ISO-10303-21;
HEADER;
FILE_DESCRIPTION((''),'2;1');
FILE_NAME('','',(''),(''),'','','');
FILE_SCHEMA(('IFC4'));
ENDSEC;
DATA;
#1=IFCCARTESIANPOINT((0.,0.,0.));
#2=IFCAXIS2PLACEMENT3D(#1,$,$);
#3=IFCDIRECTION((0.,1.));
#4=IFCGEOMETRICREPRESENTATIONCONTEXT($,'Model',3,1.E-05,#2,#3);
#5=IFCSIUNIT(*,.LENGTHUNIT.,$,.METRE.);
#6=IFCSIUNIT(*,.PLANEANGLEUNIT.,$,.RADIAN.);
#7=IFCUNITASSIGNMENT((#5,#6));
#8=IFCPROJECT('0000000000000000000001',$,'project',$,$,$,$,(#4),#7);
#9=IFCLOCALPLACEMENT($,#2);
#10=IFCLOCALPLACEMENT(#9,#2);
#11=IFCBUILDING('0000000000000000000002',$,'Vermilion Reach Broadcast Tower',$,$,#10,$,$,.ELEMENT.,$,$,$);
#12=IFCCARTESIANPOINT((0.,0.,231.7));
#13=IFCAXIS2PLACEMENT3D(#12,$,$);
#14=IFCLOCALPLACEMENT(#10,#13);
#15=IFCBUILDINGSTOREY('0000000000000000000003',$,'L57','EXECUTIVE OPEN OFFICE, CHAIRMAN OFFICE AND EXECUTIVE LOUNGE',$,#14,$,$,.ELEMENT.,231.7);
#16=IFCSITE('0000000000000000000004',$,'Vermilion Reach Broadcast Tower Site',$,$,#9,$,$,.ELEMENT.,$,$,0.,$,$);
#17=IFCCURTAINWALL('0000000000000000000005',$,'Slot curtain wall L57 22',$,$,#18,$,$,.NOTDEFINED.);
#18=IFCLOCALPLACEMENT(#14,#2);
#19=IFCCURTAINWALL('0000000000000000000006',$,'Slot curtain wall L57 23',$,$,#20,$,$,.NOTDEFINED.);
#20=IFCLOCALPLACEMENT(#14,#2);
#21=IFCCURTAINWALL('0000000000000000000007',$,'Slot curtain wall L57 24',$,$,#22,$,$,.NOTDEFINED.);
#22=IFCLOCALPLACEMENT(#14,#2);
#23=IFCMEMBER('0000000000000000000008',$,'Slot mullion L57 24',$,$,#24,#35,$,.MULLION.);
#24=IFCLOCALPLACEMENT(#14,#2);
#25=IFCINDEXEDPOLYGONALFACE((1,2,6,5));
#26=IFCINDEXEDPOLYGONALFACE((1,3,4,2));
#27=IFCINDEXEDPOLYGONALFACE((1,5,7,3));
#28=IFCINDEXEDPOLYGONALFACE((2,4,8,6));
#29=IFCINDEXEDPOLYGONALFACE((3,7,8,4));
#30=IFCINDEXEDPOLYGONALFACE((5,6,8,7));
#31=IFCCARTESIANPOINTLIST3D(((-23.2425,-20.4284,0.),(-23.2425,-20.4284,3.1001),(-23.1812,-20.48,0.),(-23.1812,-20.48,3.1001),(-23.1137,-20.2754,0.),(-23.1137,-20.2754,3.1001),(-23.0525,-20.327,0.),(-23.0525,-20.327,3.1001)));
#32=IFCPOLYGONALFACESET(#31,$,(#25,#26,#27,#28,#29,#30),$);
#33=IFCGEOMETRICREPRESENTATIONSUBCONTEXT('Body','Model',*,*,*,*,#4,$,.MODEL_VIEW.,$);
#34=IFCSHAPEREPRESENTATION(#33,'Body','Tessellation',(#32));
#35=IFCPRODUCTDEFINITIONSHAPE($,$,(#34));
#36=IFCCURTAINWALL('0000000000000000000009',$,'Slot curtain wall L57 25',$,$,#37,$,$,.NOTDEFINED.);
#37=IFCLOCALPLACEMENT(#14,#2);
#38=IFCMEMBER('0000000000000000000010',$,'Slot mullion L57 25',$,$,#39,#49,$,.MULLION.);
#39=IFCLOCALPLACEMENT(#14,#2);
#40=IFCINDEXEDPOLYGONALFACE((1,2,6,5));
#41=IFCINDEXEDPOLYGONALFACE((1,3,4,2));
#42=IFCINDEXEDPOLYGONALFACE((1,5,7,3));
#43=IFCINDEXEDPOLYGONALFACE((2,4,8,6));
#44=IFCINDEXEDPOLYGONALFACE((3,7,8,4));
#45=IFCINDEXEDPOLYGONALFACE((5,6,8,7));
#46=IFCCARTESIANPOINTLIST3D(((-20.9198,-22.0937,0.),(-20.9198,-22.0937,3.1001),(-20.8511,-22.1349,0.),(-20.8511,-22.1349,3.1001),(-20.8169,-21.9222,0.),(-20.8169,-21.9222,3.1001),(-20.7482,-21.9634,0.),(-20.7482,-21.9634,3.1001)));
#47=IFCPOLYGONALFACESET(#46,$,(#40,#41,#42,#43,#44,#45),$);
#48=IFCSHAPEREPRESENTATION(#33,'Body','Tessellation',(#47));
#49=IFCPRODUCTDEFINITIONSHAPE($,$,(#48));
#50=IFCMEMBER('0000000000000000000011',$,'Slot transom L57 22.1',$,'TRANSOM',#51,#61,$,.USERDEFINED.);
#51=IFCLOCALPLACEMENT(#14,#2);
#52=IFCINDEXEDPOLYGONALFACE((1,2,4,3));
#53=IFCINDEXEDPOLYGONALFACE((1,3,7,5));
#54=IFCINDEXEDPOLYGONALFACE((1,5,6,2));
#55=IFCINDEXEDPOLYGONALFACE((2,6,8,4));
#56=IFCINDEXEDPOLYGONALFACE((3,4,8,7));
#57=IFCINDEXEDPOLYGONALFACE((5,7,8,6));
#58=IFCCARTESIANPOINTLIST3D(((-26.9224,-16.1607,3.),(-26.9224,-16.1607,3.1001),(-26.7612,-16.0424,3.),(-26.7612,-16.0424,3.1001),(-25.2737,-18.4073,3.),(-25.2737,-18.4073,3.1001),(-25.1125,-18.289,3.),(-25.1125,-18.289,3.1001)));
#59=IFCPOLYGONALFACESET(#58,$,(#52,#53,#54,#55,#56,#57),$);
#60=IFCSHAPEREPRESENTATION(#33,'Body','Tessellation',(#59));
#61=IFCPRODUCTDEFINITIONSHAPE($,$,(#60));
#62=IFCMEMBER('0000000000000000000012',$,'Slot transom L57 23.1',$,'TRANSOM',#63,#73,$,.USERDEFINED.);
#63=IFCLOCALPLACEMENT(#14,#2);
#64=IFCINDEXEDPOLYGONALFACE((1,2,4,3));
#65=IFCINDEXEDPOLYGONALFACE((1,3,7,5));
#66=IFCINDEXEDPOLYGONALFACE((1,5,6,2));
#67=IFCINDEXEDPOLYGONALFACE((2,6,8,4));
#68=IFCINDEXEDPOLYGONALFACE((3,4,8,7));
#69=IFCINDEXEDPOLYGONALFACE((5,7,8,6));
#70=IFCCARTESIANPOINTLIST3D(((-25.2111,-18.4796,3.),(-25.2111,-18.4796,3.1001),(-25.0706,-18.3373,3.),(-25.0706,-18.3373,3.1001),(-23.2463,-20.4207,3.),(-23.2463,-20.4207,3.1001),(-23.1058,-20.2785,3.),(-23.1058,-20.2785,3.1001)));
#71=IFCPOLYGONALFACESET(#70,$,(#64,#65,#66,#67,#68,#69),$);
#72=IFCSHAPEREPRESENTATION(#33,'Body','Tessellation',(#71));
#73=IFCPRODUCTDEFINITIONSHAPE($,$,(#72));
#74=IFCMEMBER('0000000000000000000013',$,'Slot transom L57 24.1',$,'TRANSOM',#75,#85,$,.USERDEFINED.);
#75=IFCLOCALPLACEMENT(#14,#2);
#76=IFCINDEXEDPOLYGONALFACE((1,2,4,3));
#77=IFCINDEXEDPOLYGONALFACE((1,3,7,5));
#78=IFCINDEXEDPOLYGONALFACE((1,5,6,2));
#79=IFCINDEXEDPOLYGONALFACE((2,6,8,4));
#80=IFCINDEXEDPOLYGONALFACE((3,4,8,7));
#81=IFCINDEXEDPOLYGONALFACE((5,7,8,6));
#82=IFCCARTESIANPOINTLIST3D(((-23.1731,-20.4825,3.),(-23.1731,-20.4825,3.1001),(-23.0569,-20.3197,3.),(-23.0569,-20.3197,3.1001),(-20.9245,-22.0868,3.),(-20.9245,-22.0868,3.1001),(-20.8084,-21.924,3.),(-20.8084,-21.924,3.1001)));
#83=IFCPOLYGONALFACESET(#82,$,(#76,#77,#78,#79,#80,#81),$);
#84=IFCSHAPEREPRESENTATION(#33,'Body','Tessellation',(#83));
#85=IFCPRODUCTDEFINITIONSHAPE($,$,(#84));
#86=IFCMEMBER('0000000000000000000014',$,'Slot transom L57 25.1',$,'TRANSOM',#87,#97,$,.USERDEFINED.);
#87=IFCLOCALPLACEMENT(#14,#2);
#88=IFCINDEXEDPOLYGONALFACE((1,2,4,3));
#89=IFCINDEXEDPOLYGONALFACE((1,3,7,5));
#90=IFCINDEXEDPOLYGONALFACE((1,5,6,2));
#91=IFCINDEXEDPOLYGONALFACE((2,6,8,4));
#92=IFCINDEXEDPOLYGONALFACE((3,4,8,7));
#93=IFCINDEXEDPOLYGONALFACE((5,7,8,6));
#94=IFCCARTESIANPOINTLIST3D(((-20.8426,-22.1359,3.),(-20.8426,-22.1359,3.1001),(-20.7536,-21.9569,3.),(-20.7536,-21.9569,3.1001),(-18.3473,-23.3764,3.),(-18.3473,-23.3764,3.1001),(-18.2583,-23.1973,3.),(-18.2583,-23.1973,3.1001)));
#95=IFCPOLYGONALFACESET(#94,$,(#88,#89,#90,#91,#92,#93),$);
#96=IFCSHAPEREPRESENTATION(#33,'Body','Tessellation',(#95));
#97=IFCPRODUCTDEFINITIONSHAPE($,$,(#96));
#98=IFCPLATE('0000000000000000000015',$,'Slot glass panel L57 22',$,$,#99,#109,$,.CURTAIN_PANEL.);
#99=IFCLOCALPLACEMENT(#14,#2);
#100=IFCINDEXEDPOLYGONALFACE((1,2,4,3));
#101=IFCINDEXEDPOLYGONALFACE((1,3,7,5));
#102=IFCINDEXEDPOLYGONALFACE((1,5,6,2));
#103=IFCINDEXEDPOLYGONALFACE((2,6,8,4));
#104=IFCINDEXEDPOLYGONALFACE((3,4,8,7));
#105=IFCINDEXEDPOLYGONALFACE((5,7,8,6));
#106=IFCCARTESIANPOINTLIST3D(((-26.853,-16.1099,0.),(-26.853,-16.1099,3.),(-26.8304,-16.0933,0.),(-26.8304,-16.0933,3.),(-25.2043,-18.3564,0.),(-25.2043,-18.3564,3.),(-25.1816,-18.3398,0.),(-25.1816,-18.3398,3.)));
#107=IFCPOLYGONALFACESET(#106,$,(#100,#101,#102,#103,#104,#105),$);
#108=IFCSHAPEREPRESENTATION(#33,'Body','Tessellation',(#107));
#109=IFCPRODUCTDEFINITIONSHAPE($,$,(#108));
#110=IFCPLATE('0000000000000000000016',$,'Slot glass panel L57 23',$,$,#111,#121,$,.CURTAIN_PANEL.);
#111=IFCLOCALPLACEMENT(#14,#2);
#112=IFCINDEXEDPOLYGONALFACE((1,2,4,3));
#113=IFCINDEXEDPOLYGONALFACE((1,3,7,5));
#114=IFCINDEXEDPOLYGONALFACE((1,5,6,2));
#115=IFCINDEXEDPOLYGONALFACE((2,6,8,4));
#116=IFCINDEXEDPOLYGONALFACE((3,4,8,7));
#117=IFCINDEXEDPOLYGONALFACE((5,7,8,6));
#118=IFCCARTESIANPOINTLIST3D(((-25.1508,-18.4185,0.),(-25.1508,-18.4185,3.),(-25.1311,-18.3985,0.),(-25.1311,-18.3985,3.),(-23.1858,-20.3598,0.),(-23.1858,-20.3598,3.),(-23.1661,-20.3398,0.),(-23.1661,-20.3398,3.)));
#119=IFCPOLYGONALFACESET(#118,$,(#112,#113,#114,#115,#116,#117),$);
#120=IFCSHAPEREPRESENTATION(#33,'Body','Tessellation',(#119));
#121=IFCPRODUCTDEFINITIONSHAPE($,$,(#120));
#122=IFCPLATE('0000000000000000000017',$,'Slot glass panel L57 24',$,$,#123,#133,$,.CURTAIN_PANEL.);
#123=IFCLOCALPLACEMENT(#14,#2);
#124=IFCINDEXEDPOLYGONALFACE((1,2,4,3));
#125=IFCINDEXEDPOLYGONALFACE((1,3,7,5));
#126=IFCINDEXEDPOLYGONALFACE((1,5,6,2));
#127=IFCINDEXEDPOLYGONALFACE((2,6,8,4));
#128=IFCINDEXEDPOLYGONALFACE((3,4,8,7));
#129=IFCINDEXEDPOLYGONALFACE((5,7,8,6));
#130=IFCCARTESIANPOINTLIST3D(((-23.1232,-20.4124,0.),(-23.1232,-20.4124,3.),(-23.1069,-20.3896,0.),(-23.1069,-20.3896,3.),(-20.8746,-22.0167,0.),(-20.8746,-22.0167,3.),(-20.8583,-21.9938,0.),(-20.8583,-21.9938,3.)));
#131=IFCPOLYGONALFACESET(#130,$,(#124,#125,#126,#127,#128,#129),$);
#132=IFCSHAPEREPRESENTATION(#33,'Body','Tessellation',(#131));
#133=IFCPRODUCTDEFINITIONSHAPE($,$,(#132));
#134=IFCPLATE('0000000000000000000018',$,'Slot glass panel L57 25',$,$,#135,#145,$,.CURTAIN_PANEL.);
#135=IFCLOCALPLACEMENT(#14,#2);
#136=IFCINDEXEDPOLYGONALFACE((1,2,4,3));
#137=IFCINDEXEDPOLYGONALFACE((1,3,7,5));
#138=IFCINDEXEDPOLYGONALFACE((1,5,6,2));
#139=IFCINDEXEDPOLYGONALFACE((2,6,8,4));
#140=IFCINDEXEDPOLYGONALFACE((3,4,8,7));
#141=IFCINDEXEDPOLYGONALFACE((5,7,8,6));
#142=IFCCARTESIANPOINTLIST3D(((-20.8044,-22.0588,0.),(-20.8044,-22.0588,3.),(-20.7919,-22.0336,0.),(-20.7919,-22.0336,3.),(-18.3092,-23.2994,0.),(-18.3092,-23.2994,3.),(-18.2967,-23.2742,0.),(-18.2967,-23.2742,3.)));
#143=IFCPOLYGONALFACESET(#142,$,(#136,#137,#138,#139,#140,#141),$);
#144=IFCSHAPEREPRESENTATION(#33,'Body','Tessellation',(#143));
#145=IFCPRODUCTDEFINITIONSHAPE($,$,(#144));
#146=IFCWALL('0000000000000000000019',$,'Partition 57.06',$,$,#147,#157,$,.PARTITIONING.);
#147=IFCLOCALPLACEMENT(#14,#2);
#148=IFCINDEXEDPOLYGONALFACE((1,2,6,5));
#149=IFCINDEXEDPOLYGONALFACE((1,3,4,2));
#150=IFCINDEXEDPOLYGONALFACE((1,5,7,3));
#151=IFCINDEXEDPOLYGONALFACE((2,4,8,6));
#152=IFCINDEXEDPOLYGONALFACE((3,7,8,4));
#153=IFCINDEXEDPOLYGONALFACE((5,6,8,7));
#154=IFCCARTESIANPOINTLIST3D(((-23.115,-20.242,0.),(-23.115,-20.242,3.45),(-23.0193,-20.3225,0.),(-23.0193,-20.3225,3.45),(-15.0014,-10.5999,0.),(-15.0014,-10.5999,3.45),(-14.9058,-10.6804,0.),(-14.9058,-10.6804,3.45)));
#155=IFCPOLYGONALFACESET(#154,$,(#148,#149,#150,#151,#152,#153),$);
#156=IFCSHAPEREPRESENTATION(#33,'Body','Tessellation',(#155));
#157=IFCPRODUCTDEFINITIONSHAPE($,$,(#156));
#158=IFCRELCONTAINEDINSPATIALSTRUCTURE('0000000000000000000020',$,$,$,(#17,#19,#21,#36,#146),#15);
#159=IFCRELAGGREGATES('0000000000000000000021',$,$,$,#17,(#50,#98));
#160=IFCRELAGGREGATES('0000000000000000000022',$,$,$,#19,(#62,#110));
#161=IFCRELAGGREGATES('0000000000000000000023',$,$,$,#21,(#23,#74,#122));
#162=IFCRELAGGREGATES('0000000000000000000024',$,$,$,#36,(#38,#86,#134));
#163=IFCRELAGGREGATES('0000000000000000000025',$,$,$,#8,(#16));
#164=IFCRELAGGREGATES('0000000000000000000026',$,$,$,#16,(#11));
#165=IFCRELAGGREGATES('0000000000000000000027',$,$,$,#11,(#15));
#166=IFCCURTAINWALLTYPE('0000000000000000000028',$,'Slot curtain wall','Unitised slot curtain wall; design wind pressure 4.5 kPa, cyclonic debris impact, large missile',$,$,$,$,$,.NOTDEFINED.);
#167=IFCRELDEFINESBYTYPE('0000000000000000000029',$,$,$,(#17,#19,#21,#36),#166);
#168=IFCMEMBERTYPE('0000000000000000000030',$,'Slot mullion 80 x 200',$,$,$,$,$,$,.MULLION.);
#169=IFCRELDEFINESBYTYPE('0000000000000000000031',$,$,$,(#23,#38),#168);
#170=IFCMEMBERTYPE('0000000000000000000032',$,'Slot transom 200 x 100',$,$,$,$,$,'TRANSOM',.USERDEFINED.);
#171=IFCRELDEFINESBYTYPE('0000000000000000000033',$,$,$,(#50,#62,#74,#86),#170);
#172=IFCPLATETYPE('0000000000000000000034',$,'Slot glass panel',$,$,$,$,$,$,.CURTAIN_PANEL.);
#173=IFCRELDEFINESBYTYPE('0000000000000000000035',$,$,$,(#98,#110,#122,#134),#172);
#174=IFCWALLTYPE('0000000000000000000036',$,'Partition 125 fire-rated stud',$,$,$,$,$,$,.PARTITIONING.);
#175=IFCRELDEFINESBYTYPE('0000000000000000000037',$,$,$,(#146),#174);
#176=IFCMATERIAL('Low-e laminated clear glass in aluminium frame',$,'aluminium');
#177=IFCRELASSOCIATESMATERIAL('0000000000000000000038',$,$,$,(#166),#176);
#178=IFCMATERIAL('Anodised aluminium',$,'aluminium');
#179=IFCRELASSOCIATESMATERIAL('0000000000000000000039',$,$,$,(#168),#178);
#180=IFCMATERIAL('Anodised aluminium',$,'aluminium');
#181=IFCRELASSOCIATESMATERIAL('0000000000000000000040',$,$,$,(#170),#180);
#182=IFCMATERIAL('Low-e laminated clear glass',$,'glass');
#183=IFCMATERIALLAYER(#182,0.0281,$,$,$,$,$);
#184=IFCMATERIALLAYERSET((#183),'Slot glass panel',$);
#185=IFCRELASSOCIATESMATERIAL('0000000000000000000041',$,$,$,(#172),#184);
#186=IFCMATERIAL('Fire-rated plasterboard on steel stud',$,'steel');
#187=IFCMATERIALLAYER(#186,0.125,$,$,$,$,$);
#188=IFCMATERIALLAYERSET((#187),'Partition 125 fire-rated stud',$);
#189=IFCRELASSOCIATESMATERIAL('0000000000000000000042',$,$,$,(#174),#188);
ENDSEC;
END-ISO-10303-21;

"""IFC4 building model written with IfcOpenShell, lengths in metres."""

from ifc_helpers import new_model, si_unit, direction, frame, frame_2d, origin, origin_2d, place, context, subcontext, project, spatial, rectangle, extrude, material, layer, layer_set, material_profile, profile_set, type_object, element, aggregate, save


model = new_model("IFC4")

# Units and contexts
model_context = context("Model", 3, precision=1e-05, world=origin(), true_north=direction((0.0, 1.0)))
body_context = subcontext(model_context, "Body", "Model", "MODEL_VIEW")
ifc_project = project(units=[si_unit("LENGTHUNIT", "METRE"), si_unit("PLANEANGLEUNIT", "RADIAN")], contexts=[model_context])

# Site, building, storey
site_placement = place(None, origin())
site = spatial("IfcSite", under=ifc_project, at=site_placement, Name="Vermilion Reach Broadcast Tower Site", CompositionType="ELEMENT", RefElevation=0.0)
building_placement = place(site_placement, origin())
building = spatial("IfcBuilding", under=site, at=building_placement, Name="Vermilion Reach Broadcast Tower", CompositionType="ELEMENT")
storey_placement = place(building_placement, frame((0.0, 0.0, 231.7)))
storey = spatial("IfcBuildingStorey", under=building, at=storey_placement, Name="L57", Description="EXECUTIVE OPEN OFFICE, CHAIRMAN OFFICE AND EXECUTIVE LOUNGE", CompositionType="ELEMENT", Elevation=231.7)

# Curtain walls, members
ifc_material_1 = material(Name="Low-e laminated clear glass in aluminium frame", Category="aluminium")
curtain_wall_type = type_object("IfcCurtainWallType", Name="Slot curtain wall", Description="Unitised slot curtain wall; design wind pressure 4.5 kPa, cyclonic debris impact, large missile", PredefinedType="NOTDEFINED", material=ifc_material_1)
placement = place(storey_placement, origin())
curtain_wall_1 = element("IfcCurtainWall", 1, at=placement, inside=storey, type_object=curtain_wall_type, Name="Slot curtain wall L57 22", PredefinedType="NOTDEFINED")
ifc_material_2 = material(Name="Anodised aluminium", Category="aluminium")
ifc_material_profile_1 = material_profile(ifc_material_2, rectangle(XDim=0.2, YDim=0.0801, at=origin_2d()), Name="Slot mullion 80 x 200")
ifc_profile_set_1 = profile_set([ifc_material_profile_1], Name="Anodised aluminium")
member_type_1 = type_object("IfcMemberType", Name="Slot mullion 80 x 200", PredefinedType="MULLION", material=ifc_profile_set_1)
curtain_wall_2 = element("IfcCurtainWall", 2, at=placement, inside=storey, type_object=curtain_wall_type, Name="Slot curtain wall L57 23", PredefinedType="NOTDEFINED")
curtain_wall_3 = element("IfcCurtainWall", 3, at=placement, inside=storey, type_object=curtain_wall_type, Name="Slot curtain wall L57 24", PredefinedType="NOTDEFINED")
member_1_placement = place(storey_placement, frame((-23.1475, -20.3777, 0.0), z_axis=(0.0, 0.0, 1.0), x_axis=(0.643857, 0.765146, 0.0)))
member_1 = element("IfcMember", 4, at=member_1_placement, type_object=member_type_1, Name="Slot mullion L57 24", PredefinedType="MULLION", context=body_context, shape_type="SweptSolid", body=[
    extrude(rectangle(XDim=0.2, YDim=0.0801, at=origin_2d()), origin(), (0.0, 0.0, 1.0), 3.1001),
])
curtain_wall_4 = element("IfcCurtainWall", 5, at=placement, inside=storey, type_object=curtain_wall_type, Name="Slot curtain wall L57 25", PredefinedType="NOTDEFINED")
member_2_placement = place(storey_placement, frame((-20.834, -22.0286, 0.0), z_axis=(0.0, 0.0, 1.0), x_axis=(0.514606, 0.857427, 0.0)))
member_2 = element("IfcMember", 6, at=member_2_placement, type_object=member_type_1, Name="Slot mullion L57 25", PredefinedType="MULLION", context=body_context, shape_type="SweptSolid", body=[
    extrude(rectangle(XDim=0.2, YDim=0.0801, at=origin_2d()), origin(), (0.0, 0.0, 1.0), 3.1001),
])

# Members
ifc_material_3 = material(Name="Anodised aluminium", Category="aluminium")
ifc_material_profile_2 = material_profile(ifc_material_3, rectangle(XDim=0.2, YDim=0.1001, at=origin_2d()), Name="Slot transom 200 x 100")
ifc_profile_set_2 = profile_set([ifc_material_profile_2], Name="Anodised aluminium")
member_type_2 = type_object("IfcMemberType", Name="Slot transom 200 x 100", ElementType="TRANSOM", PredefinedType="USERDEFINED", material=ifc_profile_set_2)
member_3_placement = place(storey_placement, frame((-26.8418, -16.1016, 3.05), z_axis=(0.591641, -0.806202, 0.0), x_axis=(0.806202, 0.591641, 0.0)))
member_3 = element("IfcMember", 7, at=member_3_placement, type_object=member_type_2, Name="Slot transom L57 22.1", ObjectType="TRANSOM", PredefinedType="USERDEFINED", context=body_context, shape_type="SweptSolid", body=[
    extrude(rectangle(XDim=0.2, YDim=0.1001, at=origin_2d()), origin(), (0.0, 0.0, 1.0), 2.7866),
])
member_4_placement = place(storey_placement, frame((-25.1409, -18.4084, 3.05), z_axis=(0.711381, -0.702807, 0.0), x_axis=(0.702807, 0.711381, 0.0)))
member_4 = element("IfcMember", 8, at=member_4_placement, type_object=member_type_2, Name="Slot transom L57 23.1", ObjectType="TRANSOM", PredefinedType="USERDEFINED", context=body_context, shape_type="SweptSolid", body=[
    extrude(rectangle(XDim=0.2, YDim=0.1001, at=origin_2d()), origin(), (0.0, 0.0, 1.0), 2.762),
])
member_5_placement = place(storey_placement, frame((-23.115, -20.4011, 3.05), z_axis=(0.81405, -0.580795, 0.0), x_axis=(0.580795, 0.81405, 0.0)))
member_5 = element("IfcMember", 9, at=member_5_placement, type_object=member_type_2, Name="Slot transom L57 24.1", ObjectType="TRANSOM", PredefinedType="USERDEFINED", context=body_context, shape_type="SweptSolid", body=[
    extrude(rectangle(XDim=0.2, YDim=0.1001, at=origin_2d()), origin(), (0.0, 0.0, 1.0), 2.7622),
])
member_6_placement = place(storey_placement, frame((-20.7981, -22.0464, 3.05), z_axis=(0.895459, -0.445145, 0.0), x_axis=(0.445145, 0.895459, 0.0)))
member_6 = element("IfcMember", 10, at=member_6_placement, type_object=member_type_2, Name="Slot transom L57 25.1", ObjectType="TRANSOM", PredefinedType="USERDEFINED", context=body_context, shape_type="SweptSolid", body=[
    extrude(rectangle(XDim=0.2, YDim=0.1001, at=origin_2d()), origin(), (0.0, 0.0, 1.0), 2.7866),
])

# Plates
ifc_material_4 = material(Name="Low-e laminated clear glass", Category="glass")
ifc_layer_1 = layer(ifc_material_4, 0.0281)
ifc_layer_set_1 = layer_set([ifc_layer_1], Name="Slot glass panel")
plate_type = type_object("IfcPlateType", Name="Slot glass panel", PredefinedType="CURTAIN_PANEL", material=ifc_layer_set_1)
plate_1_placement = place(storey_placement, frame((-26.0173, -17.2249, 0.0), z_axis=(0.0, 0.0, 1.0), x_axis=(0.591668, -0.806182, 0.0)))
plate_1 = element("IfcPlate", 11, at=plate_1_placement, type_object=plate_type, Name="Slot glass panel L57 22", PredefinedType="CURTAIN_PANEL", context=body_context, shape_type="SweptSolid", body=[
    extrude(rectangle(XDim=2.7866, YDim=0.0281, at=origin_2d()), origin(), (0.0, 0.0, 1.0), 3.0),
])
aggregate(curtain_wall_1, [member_3, plate_1])
plate_2_placement = place(storey_placement, frame((-24.1584, -19.3792, 0.0), z_axis=(0.0, 0.0, 1.0), x_axis=(0.711373, -0.702814, 0.0)))
plate_2 = element("IfcPlate", 12, at=plate_2_placement, type_object=plate_type, Name="Slot glass panel L57 23", PredefinedType="CURTAIN_PANEL", context=body_context, shape_type="SweptSolid", body=[
    extrude(rectangle(XDim=2.7622, YDim=0.0281, at=origin_2d()), origin(), (0.0, 0.0, 1.0), 3.0),
])
aggregate(curtain_wall_2, [member_4, plate_2])
plate_3_placement = place(storey_placement, frame((-21.9907, -21.2031, 0.0), z_axis=(0.0, 0.0, 1.0), x_axis=(0.814047, -0.580799, 0.0)))
plate_3 = element("IfcPlate", 13, at=plate_3_placement, type_object=plate_type, Name="Slot glass panel L57 24", PredefinedType="CURTAIN_PANEL", context=body_context, shape_type="SweptSolid", body=[
    extrude(rectangle(XDim=2.7622, YDim=0.0281, at=origin_2d()), origin(), (0.0, 0.0, 1.0), 3.0),
])
aggregate(curtain_wall_3, [member_1, member_5, plate_3])
plate_4_placement = place(storey_placement, frame((-19.5505, -22.6665, 0.0), z_axis=(0.0, 0.0, 1.0), x_axis=(0.895437, -0.445189, 0.0)))
plate_4 = element("IfcPlate", 14, at=plate_4_placement, type_object=plate_type, Name="Slot glass panel L57 25", PredefinedType="CURTAIN_PANEL", context=body_context, shape_type="SweptSolid", body=[
    extrude(rectangle(XDim=2.7866, YDim=0.0281, at=origin_2d()), origin(), (0.0, 0.0, 1.0), 3.0),
])
aggregate(curtain_wall_4, [member_2, member_6, plate_4])

# Wall
ifc_material_5 = material(Name="Fire-rated plasterboard on steel stud", Category="steel")
ifc_layer_2 = layer(ifc_material_5, 0.125)
ifc_layer_set_2 = layer_set([ifc_layer_2], Name="Partition 125 fire-rated stud")
wall_type = type_object("IfcWallType", Name="Partition 125 fire-rated stud", PredefinedType="PARTITIONING", material=ifc_layer_set_2)
wall_placement = place(storey_placement, frame((-23.0671, -20.2822, 0.0), z_axis=(0.0, 0.0, 1.0), x_axis=(0.643851, 0.765151, 0.0)))
element("IfcWall", 15, at=wall_placement, inside=storey, type_object=wall_type, Name="Partition 57.06", PredefinedType="PARTITIONING", context=body_context, shape_type="SweptSolid", body=[
    extrude(rectangle(XDim=12.6016, YDim=0.125, at=frame_2d((6.3008, 0.0))), origin(), (0.0, 0.0, 1.0), 3.45),
])

save(model, "model.ifc")
